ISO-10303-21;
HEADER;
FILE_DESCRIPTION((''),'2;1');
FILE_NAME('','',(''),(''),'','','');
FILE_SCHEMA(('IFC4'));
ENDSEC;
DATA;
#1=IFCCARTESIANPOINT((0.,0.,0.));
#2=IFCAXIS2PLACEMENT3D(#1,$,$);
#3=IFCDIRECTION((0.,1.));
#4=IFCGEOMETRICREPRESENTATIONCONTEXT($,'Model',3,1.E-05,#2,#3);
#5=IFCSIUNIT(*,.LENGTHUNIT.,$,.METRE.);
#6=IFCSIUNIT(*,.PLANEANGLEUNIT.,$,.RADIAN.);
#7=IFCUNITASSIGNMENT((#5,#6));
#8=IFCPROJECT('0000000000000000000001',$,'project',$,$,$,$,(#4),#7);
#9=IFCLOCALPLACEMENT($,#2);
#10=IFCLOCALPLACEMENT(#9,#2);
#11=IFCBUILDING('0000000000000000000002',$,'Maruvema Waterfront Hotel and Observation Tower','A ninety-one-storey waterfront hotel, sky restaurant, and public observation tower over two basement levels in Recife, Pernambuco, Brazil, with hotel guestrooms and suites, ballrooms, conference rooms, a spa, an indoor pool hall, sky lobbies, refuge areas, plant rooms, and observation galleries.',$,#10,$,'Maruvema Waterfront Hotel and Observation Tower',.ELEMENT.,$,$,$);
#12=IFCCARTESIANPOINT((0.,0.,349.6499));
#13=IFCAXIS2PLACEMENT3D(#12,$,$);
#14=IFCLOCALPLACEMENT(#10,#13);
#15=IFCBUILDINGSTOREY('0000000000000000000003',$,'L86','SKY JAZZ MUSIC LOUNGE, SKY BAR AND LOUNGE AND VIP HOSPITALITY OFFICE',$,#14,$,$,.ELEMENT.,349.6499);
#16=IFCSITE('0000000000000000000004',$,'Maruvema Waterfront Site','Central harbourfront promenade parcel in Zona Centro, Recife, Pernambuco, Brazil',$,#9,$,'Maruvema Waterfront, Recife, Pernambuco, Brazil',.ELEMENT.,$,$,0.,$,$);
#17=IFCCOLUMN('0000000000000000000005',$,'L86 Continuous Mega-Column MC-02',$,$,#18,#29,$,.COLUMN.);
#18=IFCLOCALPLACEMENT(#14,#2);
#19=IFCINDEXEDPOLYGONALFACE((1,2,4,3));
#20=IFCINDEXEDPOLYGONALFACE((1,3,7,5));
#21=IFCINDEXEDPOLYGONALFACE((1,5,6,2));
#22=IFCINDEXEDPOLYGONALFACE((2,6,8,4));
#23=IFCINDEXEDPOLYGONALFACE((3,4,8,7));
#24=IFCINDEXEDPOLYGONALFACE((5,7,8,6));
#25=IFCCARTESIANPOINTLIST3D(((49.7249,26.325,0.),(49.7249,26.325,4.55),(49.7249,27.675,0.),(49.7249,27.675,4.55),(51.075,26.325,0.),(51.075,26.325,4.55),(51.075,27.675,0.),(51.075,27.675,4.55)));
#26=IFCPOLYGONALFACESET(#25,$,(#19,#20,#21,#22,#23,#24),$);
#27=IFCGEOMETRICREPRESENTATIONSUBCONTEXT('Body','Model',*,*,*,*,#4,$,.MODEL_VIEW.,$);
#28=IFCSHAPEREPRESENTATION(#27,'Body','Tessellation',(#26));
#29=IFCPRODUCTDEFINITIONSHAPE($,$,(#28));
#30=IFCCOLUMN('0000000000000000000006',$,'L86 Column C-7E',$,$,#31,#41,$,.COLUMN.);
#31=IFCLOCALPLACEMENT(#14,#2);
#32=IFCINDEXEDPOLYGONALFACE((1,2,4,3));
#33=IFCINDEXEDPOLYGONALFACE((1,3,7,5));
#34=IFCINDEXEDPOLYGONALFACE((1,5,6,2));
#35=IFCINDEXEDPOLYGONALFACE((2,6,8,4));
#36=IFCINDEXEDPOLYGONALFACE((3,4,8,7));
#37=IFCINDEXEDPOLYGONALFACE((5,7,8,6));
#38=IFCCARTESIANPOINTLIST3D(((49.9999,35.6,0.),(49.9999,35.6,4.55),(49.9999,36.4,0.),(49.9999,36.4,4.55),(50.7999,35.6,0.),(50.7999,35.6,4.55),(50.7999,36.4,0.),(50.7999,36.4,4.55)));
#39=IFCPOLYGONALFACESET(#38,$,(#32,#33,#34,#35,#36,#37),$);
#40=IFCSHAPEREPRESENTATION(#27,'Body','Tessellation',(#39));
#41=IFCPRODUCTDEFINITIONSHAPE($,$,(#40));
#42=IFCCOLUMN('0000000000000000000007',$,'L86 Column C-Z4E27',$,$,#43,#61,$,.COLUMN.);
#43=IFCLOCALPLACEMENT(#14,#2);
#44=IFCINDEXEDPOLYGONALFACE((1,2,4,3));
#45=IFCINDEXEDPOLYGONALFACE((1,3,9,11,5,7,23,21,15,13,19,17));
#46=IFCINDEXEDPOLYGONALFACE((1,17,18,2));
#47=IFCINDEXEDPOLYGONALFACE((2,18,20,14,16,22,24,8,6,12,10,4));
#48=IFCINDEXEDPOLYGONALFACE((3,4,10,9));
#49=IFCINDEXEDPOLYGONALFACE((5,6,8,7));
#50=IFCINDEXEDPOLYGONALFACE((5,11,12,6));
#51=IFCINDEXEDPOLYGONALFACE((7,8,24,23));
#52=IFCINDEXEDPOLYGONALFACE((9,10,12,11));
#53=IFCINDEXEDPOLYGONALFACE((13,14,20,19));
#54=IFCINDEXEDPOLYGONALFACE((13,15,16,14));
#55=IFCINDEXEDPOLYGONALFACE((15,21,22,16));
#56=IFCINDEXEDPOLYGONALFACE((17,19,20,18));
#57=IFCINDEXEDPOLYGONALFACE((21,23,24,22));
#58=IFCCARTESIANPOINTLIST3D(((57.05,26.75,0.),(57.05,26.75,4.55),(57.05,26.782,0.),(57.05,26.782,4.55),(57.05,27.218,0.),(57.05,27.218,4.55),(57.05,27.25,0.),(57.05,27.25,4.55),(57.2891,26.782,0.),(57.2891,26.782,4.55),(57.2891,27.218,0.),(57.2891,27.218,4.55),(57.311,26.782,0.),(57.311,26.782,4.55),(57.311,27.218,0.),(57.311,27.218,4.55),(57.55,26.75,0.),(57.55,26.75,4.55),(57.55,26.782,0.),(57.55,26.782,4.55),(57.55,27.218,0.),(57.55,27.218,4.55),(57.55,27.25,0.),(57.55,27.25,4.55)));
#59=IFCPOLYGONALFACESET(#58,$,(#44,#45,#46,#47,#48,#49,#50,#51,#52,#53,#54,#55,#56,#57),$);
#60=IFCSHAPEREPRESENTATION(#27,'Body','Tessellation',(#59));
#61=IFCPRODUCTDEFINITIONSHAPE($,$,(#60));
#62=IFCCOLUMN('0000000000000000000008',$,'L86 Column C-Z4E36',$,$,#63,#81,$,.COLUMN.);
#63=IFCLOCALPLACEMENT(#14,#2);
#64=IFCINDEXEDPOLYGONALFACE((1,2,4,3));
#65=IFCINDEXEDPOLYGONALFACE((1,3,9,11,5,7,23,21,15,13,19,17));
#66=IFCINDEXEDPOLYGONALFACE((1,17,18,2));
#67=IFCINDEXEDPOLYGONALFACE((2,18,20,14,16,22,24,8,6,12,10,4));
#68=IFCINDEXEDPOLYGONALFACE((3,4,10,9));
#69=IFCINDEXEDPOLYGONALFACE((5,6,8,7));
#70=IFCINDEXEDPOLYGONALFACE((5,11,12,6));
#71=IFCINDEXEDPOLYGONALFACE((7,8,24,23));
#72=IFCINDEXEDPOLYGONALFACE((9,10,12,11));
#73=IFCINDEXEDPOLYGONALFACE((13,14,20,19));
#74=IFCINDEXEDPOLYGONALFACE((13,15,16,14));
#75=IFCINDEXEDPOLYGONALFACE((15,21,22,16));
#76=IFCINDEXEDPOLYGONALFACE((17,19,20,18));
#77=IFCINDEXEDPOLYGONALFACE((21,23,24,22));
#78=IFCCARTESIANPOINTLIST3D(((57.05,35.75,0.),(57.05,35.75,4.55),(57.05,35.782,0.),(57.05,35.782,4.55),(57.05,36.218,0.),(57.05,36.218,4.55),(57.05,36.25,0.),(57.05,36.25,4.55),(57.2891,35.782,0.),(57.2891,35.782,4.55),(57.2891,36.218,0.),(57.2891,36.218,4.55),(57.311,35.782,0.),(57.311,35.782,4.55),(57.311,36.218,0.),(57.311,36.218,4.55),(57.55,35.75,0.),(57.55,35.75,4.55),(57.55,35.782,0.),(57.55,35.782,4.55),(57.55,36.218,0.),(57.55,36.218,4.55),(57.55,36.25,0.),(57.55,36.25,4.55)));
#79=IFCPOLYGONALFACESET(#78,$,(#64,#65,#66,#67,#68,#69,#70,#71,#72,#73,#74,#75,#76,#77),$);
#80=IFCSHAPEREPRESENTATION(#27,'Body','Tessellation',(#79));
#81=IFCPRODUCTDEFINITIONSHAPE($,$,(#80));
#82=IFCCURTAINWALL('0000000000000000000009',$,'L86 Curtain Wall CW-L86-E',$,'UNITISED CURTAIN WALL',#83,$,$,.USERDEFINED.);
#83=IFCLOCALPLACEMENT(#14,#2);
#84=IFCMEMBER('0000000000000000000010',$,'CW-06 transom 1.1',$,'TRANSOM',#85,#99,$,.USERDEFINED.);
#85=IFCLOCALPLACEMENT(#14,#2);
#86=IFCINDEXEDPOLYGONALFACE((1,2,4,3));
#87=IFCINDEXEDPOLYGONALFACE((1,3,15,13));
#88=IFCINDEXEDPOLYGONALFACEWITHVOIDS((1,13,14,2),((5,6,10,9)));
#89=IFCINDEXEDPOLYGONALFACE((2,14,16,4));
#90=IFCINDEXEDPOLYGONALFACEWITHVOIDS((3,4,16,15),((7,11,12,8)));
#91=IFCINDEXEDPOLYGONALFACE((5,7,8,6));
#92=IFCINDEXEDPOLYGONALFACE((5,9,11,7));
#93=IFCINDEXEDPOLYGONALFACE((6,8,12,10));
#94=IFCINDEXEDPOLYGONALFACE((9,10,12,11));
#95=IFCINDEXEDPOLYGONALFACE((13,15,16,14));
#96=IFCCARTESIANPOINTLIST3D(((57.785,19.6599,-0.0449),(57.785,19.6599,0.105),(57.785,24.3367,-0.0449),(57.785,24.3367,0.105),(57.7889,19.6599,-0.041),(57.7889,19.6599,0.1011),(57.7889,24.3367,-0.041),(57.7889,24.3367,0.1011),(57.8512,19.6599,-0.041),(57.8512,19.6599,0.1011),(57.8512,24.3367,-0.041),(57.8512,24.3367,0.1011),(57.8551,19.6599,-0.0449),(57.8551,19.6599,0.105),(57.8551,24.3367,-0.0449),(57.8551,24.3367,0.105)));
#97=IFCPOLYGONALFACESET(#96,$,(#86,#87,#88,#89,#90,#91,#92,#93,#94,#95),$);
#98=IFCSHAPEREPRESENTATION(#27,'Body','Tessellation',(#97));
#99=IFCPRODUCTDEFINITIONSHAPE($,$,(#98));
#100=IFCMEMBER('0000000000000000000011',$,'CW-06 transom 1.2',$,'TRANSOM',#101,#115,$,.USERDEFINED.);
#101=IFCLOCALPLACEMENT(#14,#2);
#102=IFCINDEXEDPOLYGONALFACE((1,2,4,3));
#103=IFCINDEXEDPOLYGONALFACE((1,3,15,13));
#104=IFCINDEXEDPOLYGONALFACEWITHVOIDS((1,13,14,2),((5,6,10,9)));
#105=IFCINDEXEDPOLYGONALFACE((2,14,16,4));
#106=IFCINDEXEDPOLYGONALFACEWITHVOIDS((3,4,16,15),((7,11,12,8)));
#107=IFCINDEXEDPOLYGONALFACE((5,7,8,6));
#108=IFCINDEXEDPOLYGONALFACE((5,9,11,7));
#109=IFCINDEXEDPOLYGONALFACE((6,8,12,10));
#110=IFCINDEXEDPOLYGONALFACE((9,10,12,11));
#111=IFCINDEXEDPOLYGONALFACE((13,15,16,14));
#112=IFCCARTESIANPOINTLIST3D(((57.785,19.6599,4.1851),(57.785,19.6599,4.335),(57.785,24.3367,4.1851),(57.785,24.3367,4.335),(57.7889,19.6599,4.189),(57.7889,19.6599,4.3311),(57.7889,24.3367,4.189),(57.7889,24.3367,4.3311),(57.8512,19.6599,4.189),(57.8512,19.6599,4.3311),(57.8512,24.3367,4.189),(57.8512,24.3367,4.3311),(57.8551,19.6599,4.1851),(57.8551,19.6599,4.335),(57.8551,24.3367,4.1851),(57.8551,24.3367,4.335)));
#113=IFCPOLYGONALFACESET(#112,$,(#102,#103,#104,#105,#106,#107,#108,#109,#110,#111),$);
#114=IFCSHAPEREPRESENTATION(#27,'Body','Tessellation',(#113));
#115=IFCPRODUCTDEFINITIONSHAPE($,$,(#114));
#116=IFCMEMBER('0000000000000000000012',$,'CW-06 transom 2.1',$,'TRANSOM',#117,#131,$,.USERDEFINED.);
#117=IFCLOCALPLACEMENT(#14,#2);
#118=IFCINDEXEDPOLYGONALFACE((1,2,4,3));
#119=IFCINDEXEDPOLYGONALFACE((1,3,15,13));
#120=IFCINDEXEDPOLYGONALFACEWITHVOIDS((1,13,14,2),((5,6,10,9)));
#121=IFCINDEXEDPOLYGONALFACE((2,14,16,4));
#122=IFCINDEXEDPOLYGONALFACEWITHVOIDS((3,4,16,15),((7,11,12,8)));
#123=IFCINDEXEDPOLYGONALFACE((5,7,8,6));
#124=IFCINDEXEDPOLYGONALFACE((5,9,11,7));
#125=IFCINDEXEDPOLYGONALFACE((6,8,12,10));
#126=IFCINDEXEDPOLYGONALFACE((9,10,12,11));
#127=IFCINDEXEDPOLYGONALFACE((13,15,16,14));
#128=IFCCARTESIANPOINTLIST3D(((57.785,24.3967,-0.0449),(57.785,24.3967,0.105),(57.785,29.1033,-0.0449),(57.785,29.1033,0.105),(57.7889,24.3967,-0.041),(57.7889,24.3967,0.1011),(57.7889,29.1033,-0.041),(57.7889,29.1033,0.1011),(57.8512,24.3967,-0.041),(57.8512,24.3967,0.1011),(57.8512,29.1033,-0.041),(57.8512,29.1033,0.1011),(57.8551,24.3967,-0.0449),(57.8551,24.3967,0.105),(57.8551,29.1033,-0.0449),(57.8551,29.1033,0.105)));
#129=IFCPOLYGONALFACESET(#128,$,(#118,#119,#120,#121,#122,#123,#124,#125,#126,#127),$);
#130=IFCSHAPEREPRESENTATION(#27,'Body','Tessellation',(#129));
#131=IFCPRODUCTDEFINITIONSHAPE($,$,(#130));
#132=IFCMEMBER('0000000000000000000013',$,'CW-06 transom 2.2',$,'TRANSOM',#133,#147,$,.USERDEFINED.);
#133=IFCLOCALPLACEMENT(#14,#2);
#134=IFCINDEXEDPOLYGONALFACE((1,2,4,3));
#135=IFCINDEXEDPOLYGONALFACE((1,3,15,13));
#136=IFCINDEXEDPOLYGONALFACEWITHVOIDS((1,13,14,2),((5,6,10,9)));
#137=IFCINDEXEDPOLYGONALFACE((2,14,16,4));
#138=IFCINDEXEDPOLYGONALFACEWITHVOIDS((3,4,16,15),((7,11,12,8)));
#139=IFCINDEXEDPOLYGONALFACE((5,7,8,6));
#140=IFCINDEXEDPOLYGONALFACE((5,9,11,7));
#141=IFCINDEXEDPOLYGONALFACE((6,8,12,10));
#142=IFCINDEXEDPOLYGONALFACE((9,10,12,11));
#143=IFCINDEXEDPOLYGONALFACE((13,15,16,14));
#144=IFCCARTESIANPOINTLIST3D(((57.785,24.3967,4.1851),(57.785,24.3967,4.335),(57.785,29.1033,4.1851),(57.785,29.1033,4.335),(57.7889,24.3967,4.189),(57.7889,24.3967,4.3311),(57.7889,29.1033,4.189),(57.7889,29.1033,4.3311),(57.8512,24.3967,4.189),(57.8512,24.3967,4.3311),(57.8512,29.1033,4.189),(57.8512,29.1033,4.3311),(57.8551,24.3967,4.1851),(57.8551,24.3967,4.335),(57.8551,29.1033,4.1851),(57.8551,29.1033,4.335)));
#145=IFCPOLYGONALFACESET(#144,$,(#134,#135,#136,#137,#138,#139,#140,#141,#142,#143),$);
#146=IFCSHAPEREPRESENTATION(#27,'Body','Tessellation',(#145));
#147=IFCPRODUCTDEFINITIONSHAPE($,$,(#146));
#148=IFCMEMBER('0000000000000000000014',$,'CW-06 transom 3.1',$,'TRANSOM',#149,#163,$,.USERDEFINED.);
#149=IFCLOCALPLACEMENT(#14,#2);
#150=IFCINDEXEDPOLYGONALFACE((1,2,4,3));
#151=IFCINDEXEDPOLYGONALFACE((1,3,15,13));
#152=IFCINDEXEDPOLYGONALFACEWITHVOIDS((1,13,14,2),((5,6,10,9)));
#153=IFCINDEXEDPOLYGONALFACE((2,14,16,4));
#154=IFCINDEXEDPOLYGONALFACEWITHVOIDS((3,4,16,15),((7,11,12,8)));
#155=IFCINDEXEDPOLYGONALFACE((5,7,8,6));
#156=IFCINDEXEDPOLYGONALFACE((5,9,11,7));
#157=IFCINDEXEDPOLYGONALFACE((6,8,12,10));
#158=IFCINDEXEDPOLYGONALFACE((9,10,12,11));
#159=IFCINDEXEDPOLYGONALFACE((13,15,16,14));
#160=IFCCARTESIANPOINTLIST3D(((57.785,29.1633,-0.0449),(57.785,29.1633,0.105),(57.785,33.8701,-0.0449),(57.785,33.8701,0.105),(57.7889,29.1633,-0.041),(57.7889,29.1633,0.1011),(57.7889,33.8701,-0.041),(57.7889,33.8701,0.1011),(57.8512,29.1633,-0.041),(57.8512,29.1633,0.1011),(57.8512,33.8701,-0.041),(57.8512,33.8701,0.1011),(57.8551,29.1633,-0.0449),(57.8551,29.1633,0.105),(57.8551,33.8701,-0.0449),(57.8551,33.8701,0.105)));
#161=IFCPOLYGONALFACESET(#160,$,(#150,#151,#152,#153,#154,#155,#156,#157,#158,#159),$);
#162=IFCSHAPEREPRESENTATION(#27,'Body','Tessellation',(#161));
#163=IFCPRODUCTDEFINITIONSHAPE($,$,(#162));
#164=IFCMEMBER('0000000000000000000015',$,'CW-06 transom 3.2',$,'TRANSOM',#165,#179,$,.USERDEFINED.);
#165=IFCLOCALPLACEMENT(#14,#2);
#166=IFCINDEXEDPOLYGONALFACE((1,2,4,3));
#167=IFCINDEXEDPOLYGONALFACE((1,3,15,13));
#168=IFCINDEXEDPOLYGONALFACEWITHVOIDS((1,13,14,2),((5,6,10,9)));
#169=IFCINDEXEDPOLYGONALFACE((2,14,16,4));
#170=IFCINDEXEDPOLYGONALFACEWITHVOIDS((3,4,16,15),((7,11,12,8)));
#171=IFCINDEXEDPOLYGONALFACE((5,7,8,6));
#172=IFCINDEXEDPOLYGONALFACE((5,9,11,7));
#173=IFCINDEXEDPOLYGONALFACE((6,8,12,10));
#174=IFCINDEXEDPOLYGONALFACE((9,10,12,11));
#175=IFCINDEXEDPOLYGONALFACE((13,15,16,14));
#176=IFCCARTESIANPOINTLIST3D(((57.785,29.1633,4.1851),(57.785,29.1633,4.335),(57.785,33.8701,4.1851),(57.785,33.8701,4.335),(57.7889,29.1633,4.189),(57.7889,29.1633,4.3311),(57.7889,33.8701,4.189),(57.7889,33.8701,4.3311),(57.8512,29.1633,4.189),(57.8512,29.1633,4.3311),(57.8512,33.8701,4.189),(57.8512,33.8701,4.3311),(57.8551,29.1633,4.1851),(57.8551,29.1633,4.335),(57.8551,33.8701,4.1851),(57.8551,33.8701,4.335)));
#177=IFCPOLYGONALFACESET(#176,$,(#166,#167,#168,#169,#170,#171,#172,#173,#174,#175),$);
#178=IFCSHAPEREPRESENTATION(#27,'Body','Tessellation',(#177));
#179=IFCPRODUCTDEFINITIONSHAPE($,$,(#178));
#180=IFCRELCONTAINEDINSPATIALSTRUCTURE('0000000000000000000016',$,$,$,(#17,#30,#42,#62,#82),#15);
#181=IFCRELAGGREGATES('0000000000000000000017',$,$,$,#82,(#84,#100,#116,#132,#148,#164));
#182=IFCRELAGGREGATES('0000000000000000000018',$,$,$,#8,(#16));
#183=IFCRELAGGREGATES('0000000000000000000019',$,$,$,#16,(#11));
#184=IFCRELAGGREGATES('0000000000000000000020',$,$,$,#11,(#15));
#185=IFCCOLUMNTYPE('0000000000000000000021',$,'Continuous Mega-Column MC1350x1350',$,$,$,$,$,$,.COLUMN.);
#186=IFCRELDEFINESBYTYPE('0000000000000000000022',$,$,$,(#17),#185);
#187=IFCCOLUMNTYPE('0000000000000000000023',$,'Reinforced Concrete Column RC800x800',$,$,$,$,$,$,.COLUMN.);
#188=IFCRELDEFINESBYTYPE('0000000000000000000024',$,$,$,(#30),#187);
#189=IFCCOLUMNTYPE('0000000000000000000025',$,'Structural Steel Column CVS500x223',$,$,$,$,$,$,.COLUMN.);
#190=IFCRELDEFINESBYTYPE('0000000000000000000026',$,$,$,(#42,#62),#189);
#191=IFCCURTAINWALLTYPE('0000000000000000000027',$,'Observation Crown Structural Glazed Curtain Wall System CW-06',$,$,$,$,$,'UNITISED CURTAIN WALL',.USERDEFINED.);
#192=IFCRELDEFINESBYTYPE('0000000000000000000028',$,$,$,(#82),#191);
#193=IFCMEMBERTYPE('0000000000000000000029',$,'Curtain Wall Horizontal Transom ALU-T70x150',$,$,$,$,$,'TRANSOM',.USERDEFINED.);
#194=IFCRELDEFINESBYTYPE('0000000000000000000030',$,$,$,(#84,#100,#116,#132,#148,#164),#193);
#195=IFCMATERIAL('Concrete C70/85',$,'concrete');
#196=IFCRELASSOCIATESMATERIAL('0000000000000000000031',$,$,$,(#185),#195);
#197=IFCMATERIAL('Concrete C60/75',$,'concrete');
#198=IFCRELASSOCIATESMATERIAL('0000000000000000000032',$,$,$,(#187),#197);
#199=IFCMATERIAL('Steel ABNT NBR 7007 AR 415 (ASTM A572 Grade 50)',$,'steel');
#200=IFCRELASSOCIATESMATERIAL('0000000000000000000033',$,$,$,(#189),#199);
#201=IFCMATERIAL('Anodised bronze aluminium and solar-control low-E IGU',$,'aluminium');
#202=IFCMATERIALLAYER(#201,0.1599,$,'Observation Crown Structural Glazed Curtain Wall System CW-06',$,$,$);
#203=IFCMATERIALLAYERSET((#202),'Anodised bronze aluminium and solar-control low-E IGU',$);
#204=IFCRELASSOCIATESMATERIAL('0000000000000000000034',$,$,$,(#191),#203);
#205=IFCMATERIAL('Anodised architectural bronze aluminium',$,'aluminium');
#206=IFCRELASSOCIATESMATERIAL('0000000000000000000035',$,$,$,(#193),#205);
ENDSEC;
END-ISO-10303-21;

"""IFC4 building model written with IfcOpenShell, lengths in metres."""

from ifc_helpers import new_model, si_unit, direction, frame, origin, origin_2d, place, context, subcontext, project, spatial, rectangle, hollow_rectangle, i_section, extrude, material, layer, layer_set, material_profile, profile_set, type_object, element, aggregate, save


model = new_model("IFC4")

# Units and contexts
model_context = context("Model", 3, precision=1e-05, world=origin(), true_north=direction((0.0, 1.0)))
body_context = subcontext(model_context, "Body", "Model", "MODEL_VIEW")
ifc_project = project(units=[si_unit("LENGTHUNIT", "METRE"), si_unit("PLANEANGLEUNIT", "RADIAN")], contexts=[model_context])

# Site, building, storey
site_placement = place(None, origin())
site = spatial("IfcSite", under=ifc_project, at=site_placement, Name="Maruvema Waterfront Site", Description="Central harbourfront promenade parcel in Zona Centro, Recife, Pernambuco, Brazil", LongName="Maruvema Waterfront, Recife, Pernambuco, Brazil", CompositionType="ELEMENT", RefElevation=0.0)
building_placement = place(site_placement, origin())
building = spatial("IfcBuilding", under=site, at=building_placement, Name="Maruvema Waterfront Hotel and Observation Tower", Description="A ninety-one-storey waterfront hotel, sky restaurant, and public observation tower over two basement levels in Recife, Pernambuco, Brazil, with hotel guestrooms and suites, ballrooms, conference rooms, a spa, an indoor pool hall, sky lobbies, refuge areas, plant rooms, and observation galleries.", LongName="Maruvema Waterfront Hotel and Observation Tower", CompositionType="ELEMENT")
storey_placement = place(building_placement, frame((0.0, 0.0, 349.6499)))
storey = spatial("IfcBuildingStorey", under=building, at=storey_placement, Name="L86", Description="SKY JAZZ MUSIC LOUNGE, SKY BAR AND LOUNGE AND VIP HOSPITALITY OFFICE", CompositionType="ELEMENT", Elevation=349.6499)

# Columns
ifc_material_1 = material(Name="Concrete C70/85", Category="concrete")
ifc_material_profile_1 = material_profile(ifc_material_1, rectangle(XDim=1.3501, YDim=1.3501, at=origin_2d()), Name="MC1350x1350")
ifc_profile_set_1 = profile_set([ifc_material_profile_1], Name="Concrete C70/85")
column_type_1 = type_object("IfcColumnType", Name="Continuous Mega-Column MC1350x1350", PredefinedType="COLUMN", material=ifc_profile_set_1)
column_1_placement = place(storey_placement, frame((50.3999, 27.0, 0.0), z_axis=(0.0, 0.0, 1.0), x_axis=(1.0, 0.0, 0.0)))
element("IfcColumn", 1, at=column_1_placement, inside=storey, type_object=column_type_1, Name="L86 Continuous Mega-Column MC-02", PredefinedType="COLUMN", context=body_context, shape_type="SweptSolid", body=[
    extrude(rectangle(XDim=1.3501, YDim=1.3501, at=origin_2d()), origin(), (0.0, 0.0, 1.0), 4.55),
])
ifc_material_2 = material(Name="Concrete C60/75", Category="concrete")
ifc_material_profile_2 = material_profile(ifc_material_2, rectangle(XDim=0.8, YDim=0.8, at=origin_2d()), Name="RC800x800")
ifc_profile_set_2 = profile_set([ifc_material_profile_2], Name="Concrete C60/75")
column_type_2 = type_object("IfcColumnType", Name="Reinforced Concrete Column RC800x800", PredefinedType="COLUMN", material=ifc_profile_set_2)
column_2_placement = place(storey_placement, frame((50.3999, 36.0, 0.0), z_axis=(0.0, 0.0, 1.0), x_axis=(1.0, 0.0, 0.0)))
element("IfcColumn", 2, at=column_2_placement, inside=storey, type_object=column_type_2, Name="L86 Column C-7E", PredefinedType="COLUMN", context=body_context, shape_type="SweptSolid", body=[
    extrude(rectangle(XDim=0.8, YDim=0.8, at=origin_2d()), origin(), (0.0, 0.0, 1.0), 4.55),
])
ifc_material_3 = material(Name="Steel ABNT NBR 7007 AR 415 (ASTM A572 Grade 50)", Category="steel")
ifc_material_profile_3 = material_profile(ifc_material_3, i_section(OverallWidth=0.5, OverallDepth=0.5, WebThickness=0.022, FlangeThickness=0.032, at=origin_2d()), Name="CVS500x223")
ifc_profile_set_3 = profile_set([ifc_material_profile_3], Name="Steel ABNT NBR 7007 AR 415 (ASTM A572 Grade 50)")
column_type_3 = type_object("IfcColumnType", Name="Structural Steel Column CVS500x223", PredefinedType="COLUMN", material=ifc_profile_set_3)
for number, where, z_axis, x_axis, name in (
    (3, (57.3, 27.0, 0.0), (0.0, 0.0, 1.0), (1.0, 0.0, 0.0), "L86 Column C-Z4E27"),
    (4, (57.3, 36.0, 0.0), (0.0, 0.0, 1.0), (1.0, 0.0, 0.0), "L86 Column C-Z4E36"),
):
    element("IfcColumn", number, at=place(storey_placement, frame(where, z_axis=z_axis, x_axis=x_axis)), inside=storey, type_object=column_type_3, Name=name, PredefinedType="COLUMN", context=body_context, shape_type="SweptSolid", body=[
        extrude(i_section(OverallWidth=0.5, OverallDepth=0.5, WebThickness=0.022, FlangeThickness=0.032, at=origin_2d()), origin(), (0.0, 0.0, 1.0), 4.55),
    ])

# Curtain wall, members
ifc_material_4 = material(Name="Anodised bronze aluminium and solar-control low-E IGU", Category="aluminium")
ifc_layer_1 = layer(ifc_material_4, 0.1599, Name="Observation Crown Structural Glazed Curtain Wall System CW-06")
ifc_layer_set_1 = layer_set([ifc_layer_1], Name="Anodised bronze aluminium and solar-control low-E IGU")
curtain_wall_type = type_object("IfcCurtainWallType", Name="Observation Crown Structural Glazed Curtain Wall System CW-06", ElementType="UNITISED CURTAIN WALL", PredefinedType="USERDEFINED", material=ifc_layer_set_1)
curtain_wall_1_placement = place(storey_placement, origin())
curtain_wall_1 = element("IfcCurtainWall", 5, at=curtain_wall_1_placement, inside=storey, type_object=curtain_wall_type, Name="L86 Curtain Wall CW-L86-E", ObjectType="UNITISED CURTAIN WALL", PredefinedType="USERDEFINED")
ifc_material_5 = material(Name="Anodised architectural bronze aluminium", Category="aluminium")
ifc_material_profile_4 = material_profile(ifc_material_5, hollow_rectangle(XDim=0.0701, YDim=0.1499, WallThickness=0.0039, at=origin_2d()), Name="ALU-T70x150")
ifc_profile_set_4 = profile_set([ifc_material_profile_4], Name="Anodised architectural bronze aluminium")
member_type_1 = type_object("IfcMemberType", Name="Curtain Wall Horizontal Transom ALU-T70x150", ElementType="TRANSOM", PredefinedType="USERDEFINED", material=ifc_profile_set_4)
member_1_placement = place(storey_placement, frame((57.8201, 19.6599, 0.03), z_axis=(0.0, 1.0, 0.0), x_axis=(-1.0, 0.0, 0.0)))
member_1 = element("IfcMember", 6, at=member_1_placement, type_object=member_type_1, Name="CW-06 transom 1.1", ObjectType="TRANSOM", PredefinedType="USERDEFINED", context=body_context, shape_type="SweptSolid", body=[
    extrude(hollow_rectangle(XDim=0.0701, YDim=0.1499, WallThickness=0.0039, at=origin_2d()), origin(), (0.0, 0.0, 1.0), 4.6768),
])
member_2_placement = place(storey_placement, frame((57.8201, 19.6599, 4.26), z_axis=(0.0, 1.0, 0.0), x_axis=(-1.0, 0.0, 0.0)))
member_2 = element("IfcMember", 7, at=member_2_placement, type_object=member_type_1, Name="CW-06 transom 1.2", ObjectType="TRANSOM", PredefinedType="USERDEFINED", context=body_context, shape_type="SweptSolid", body=[
    extrude(hollow_rectangle(XDim=0.0701, YDim=0.1499, WallThickness=0.0039, at=origin_2d()), origin(), (0.0, 0.0, 1.0), 4.6768),
])
member_3_placement = place(storey_placement, frame((57.8201, 24.3967, 0.03), z_axis=(0.0, 1.0, 0.0), x_axis=(-1.0, 0.0, 0.0)))
member_3 = element("IfcMember", 8, at=member_3_placement, type_object=member_type_1, Name="CW-06 transom 2.1", ObjectType="TRANSOM", PredefinedType="USERDEFINED", context=body_context, shape_type="SweptSolid", body=[
    extrude(hollow_rectangle(XDim=0.0701, YDim=0.1499, WallThickness=0.0039, at=origin_2d()), origin(), (0.0, 0.0, 1.0), 4.7065),
])
member_4_placement = place(storey_placement, frame((57.8201, 24.3967, 4.26), z_axis=(0.0, 1.0, 0.0), x_axis=(-1.0, 0.0, 0.0)))
member_4 = element("IfcMember", 9, at=member_4_placement, type_object=member_type_1, Name="CW-06 transom 2.2", ObjectType="TRANSOM", PredefinedType="USERDEFINED", context=body_context, shape_type="SweptSolid", body=[
    extrude(hollow_rectangle(XDim=0.0701, YDim=0.1499, WallThickness=0.0039, at=origin_2d()), origin(), (0.0, 0.0, 1.0), 4.7065),
])
member_5_placement = place(storey_placement, frame((57.8201, 29.1633, 0.03), z_axis=(0.0, 1.0, 0.0), x_axis=(-1.0, 0.0, 0.0)))
member_5 = element("IfcMember", 10, at=member_5_placement, type_object=member_type_1, Name="CW-06 transom 3.1", ObjectType="TRANSOM", PredefinedType="USERDEFINED", context=body_context, shape_type="SweptSolid", body=[
    extrude(hollow_rectangle(XDim=0.0701, YDim=0.1499, WallThickness=0.0039, at=origin_2d()), origin(), (0.0, 0.0, 1.0), 4.7068),
])
member_6_placement = place(storey_placement, frame((57.8201, 29.1633, 4.26), z_axis=(0.0, 1.0, 0.0), x_axis=(-1.0, 0.0, 0.0)))
member_6 = element("IfcMember", 11, at=member_6_placement, type_object=member_type_1, Name="CW-06 transom 3.2", ObjectType="TRANSOM", PredefinedType="USERDEFINED", context=body_context, shape_type="SweptSolid", body=[
    extrude(hollow_rectangle(XDim=0.0701, YDim=0.1499, WallThickness=0.0039, at=origin_2d()), origin(), (0.0, 0.0, 1.0), 4.7068),
])

aggregate(curtain_wall_1, [member_1, member_2, member_3, member_4, member_5, member_6])

save(model, "model.ifc")
